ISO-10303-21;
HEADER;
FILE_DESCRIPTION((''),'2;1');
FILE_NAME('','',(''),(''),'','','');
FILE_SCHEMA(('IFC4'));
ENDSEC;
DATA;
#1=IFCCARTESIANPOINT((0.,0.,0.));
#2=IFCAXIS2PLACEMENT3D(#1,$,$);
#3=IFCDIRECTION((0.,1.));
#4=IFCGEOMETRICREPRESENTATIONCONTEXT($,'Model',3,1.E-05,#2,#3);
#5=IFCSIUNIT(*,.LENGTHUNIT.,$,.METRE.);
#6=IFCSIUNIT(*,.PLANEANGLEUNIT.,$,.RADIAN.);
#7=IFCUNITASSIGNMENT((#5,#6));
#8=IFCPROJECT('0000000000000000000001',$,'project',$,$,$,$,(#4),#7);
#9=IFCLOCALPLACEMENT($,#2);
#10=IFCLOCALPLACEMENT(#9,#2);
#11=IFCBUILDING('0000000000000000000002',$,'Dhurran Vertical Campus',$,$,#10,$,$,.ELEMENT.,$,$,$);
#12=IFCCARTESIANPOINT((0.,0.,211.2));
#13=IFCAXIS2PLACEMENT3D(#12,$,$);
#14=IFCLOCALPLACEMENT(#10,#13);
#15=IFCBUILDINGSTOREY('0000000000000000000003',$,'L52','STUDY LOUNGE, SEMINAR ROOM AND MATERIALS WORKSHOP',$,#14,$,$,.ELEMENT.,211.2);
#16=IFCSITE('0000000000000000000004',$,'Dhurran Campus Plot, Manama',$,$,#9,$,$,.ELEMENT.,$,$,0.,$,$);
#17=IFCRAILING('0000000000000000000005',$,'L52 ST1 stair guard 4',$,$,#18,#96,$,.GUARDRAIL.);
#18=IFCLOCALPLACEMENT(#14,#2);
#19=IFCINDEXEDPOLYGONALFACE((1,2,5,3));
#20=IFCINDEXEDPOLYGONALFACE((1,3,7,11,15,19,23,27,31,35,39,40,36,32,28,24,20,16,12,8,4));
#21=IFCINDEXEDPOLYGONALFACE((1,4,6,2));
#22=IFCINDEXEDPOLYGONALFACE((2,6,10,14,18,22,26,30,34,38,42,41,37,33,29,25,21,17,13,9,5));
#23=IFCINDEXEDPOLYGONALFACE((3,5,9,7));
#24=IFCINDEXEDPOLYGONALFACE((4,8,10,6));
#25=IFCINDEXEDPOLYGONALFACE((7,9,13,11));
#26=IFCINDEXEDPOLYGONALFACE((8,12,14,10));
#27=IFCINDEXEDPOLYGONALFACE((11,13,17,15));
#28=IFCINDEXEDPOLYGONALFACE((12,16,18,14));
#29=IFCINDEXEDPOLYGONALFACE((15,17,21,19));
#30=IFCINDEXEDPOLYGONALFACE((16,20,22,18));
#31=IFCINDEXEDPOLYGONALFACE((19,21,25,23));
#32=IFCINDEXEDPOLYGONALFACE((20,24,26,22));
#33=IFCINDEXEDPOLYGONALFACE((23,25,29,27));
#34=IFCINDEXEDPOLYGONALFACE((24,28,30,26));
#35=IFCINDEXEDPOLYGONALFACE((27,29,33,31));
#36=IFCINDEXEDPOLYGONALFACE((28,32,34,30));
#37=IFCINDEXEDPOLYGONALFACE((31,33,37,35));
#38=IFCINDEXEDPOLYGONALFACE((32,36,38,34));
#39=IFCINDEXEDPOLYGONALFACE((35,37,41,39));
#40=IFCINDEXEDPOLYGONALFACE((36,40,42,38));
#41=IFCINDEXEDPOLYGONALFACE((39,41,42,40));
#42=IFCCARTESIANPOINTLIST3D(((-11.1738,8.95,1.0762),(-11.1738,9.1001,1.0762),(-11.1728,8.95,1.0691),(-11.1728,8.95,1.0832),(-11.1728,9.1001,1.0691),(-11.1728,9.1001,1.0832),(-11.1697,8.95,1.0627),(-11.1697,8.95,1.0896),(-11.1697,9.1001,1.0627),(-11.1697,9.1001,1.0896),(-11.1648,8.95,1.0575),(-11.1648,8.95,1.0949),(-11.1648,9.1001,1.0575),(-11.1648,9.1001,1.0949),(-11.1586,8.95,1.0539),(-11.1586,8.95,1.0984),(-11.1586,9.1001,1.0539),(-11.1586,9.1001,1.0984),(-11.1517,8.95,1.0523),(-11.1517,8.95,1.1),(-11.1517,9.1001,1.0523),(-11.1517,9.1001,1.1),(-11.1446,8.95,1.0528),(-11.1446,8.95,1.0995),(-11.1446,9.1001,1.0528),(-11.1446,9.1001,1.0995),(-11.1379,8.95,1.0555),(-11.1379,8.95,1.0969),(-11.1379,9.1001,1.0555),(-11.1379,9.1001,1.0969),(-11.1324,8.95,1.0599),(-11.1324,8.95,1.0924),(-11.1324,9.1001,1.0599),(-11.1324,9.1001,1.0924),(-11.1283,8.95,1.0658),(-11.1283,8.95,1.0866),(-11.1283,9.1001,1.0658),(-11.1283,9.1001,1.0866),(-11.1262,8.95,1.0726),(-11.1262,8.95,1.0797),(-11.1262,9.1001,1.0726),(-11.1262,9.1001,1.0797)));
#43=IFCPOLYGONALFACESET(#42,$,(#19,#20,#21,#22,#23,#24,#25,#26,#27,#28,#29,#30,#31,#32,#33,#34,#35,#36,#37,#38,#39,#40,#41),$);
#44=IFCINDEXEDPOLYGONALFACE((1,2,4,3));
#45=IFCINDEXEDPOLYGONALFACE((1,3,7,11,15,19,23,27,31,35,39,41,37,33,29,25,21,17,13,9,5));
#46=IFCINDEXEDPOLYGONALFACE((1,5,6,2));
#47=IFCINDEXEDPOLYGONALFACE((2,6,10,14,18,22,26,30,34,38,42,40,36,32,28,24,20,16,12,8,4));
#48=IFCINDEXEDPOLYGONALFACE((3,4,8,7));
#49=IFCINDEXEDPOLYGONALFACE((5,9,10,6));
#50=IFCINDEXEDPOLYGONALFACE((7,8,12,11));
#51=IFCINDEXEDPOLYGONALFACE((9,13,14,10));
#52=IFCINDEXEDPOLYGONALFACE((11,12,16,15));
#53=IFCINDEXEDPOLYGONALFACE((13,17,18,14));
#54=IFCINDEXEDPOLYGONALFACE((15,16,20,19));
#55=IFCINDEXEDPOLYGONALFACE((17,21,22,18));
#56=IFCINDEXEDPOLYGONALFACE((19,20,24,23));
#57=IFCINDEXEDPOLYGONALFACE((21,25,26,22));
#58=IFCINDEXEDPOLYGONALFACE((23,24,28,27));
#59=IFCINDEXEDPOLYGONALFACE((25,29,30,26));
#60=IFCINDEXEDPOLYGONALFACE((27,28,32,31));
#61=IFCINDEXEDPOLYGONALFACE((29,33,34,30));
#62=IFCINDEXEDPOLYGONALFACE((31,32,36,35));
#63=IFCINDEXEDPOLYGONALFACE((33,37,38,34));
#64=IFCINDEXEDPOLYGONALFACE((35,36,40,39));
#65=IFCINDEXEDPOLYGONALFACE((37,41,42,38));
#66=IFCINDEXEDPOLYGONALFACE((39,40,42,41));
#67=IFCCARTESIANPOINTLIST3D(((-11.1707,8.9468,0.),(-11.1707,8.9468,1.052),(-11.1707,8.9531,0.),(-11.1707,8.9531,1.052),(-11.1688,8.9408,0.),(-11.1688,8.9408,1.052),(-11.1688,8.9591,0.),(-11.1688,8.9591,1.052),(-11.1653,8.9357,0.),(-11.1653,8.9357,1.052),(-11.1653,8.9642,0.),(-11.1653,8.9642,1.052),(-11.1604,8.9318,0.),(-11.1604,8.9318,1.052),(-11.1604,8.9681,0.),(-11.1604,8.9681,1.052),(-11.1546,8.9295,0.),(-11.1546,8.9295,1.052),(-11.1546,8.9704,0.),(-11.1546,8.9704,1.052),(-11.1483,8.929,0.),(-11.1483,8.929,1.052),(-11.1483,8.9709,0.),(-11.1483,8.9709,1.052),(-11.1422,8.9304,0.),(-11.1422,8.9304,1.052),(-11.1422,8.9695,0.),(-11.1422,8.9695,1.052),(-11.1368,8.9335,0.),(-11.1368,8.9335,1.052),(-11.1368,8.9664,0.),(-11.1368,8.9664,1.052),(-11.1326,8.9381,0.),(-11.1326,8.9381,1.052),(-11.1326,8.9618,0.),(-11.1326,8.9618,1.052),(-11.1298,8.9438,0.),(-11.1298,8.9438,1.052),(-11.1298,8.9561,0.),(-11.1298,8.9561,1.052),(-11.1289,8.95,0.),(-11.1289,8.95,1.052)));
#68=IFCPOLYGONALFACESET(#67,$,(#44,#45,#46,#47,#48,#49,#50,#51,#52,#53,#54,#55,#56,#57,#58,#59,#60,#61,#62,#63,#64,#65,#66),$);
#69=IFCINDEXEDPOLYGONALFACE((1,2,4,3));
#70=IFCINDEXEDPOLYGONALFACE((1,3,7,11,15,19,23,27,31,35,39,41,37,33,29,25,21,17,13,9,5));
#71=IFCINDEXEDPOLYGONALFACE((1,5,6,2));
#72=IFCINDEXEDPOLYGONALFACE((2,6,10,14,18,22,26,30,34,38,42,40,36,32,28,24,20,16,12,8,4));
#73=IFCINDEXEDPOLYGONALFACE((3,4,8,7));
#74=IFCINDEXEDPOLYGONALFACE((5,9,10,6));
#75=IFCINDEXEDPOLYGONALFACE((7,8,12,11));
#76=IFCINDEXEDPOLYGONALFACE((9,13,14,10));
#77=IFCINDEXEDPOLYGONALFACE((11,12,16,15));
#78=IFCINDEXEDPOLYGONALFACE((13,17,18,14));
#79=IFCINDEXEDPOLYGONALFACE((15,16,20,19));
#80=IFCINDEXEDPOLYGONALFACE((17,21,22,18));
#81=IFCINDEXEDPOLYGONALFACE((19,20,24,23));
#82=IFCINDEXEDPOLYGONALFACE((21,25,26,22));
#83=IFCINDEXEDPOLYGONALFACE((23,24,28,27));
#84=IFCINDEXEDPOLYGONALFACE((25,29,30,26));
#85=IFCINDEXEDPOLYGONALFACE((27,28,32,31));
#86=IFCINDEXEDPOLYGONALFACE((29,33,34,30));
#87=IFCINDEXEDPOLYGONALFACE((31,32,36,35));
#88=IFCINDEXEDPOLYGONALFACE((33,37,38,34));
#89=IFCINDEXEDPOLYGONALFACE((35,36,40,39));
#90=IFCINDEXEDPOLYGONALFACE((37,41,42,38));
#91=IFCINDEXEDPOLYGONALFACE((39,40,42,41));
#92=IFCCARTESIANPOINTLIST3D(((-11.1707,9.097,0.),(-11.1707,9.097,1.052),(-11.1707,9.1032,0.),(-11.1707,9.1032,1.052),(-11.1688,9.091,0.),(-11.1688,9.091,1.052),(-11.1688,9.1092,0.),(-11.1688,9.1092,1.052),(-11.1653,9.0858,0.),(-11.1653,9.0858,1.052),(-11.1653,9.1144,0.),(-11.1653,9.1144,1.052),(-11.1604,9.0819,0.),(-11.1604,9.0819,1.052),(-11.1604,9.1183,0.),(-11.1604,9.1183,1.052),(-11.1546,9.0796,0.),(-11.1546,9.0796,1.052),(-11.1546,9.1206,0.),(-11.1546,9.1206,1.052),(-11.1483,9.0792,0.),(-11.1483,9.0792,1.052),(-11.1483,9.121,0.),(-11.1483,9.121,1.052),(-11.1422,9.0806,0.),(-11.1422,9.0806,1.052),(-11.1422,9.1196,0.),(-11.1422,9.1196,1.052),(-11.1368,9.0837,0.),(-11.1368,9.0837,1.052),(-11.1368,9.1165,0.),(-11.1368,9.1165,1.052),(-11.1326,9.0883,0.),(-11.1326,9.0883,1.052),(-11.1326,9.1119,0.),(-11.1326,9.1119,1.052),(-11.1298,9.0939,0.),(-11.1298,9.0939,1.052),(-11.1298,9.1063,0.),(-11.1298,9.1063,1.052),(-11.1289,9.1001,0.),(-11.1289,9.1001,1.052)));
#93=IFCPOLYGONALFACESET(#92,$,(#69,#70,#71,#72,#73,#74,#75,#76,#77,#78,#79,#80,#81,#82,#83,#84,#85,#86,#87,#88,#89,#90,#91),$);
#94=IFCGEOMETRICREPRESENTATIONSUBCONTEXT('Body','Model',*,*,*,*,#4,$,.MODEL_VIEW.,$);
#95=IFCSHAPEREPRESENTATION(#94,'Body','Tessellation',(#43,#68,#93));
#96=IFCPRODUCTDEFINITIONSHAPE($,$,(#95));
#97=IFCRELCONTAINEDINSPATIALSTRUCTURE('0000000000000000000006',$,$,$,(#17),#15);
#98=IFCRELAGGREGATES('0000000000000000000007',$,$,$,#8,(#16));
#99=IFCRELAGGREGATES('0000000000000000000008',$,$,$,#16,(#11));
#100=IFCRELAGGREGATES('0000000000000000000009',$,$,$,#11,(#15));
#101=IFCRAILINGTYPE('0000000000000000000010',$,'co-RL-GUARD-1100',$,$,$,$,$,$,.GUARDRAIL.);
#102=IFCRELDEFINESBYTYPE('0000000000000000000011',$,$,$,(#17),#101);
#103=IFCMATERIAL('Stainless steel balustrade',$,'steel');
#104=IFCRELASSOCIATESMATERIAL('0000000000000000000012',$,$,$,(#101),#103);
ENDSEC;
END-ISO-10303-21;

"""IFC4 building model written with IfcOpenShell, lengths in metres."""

from ifc_helpers import new_model, si_unit, direction, frame, origin, origin_2d, place, context, subcontext, project, spatial, circle, extrude, material, type_object, element, save


model = new_model("IFC4")

# Units and contexts
model_context = context("Model", 3, precision=1e-05, world=origin(), true_north=direction((0.0, 1.0)))
body_context = subcontext(model_context, "Body", "Model", "MODEL_VIEW")
ifc_project = project(units=[si_unit("LENGTHUNIT", "METRE"), si_unit("PLANEANGLEUNIT", "RADIAN")], contexts=[model_context])

# Site, building, storey
site_placement = place(None, origin())
site = spatial("IfcSite", under=ifc_project, at=site_placement, Name="Dhurran Campus Plot, Manama", CompositionType="ELEMENT", RefElevation=0.0)
building_placement = place(site_placement, origin())
building = spatial("IfcBuilding", under=site, at=building_placement, Name="Dhurran Vertical Campus", CompositionType="ELEMENT")
storey_placement = place(building_placement, frame((0.0, 0.0, 211.2)))
storey = spatial("IfcBuildingStorey", under=building, at=storey_placement, Name="L52", Description="STUDY LOUNGE, SEMINAR ROOM AND MATERIALS WORKSHOP", CompositionType="ELEMENT", Elevation=211.2)

# Railing
ifc_material_1 = material(Name="Stainless steel balustrade", Category="steel")
railing_type_1 = type_object("IfcRailingType", Name="co-RL-GUARD-1100", PredefinedType="GUARDRAIL", material=ifc_material_1)
railing_1_placement = place(storey_placement, frame((-11.1499, 8.95, 0.0)))
element("IfcRailing", 1, at=railing_1_placement, inside=storey, type_object=railing_type_1, Name="L52 ST1 stair guard 4", PredefinedType="GUARDRAIL", context=body_context, shape_type="SweptSolid", body=[
    extrude(circle(Radius=0.0239, at=origin_2d()), frame((0.0, 0.0, 1.0762), z_axis=(0.0, 1.0, 0.0), x_axis=(-1.0, 0.0, 0.0)), (0.0, 0.0, 1.0), 0.1501),
    extrude(circle(Radius=0.021, at=origin_2d()), origin(), (0.0, 0.0, 1.0), 1.052),
    extrude(circle(Radius=0.021, at=origin_2d()), frame((0.0, 0.1501, 0.0)), (0.0, 0.0, 1.0), 1.052),
])

save(model, "model.ifc")
